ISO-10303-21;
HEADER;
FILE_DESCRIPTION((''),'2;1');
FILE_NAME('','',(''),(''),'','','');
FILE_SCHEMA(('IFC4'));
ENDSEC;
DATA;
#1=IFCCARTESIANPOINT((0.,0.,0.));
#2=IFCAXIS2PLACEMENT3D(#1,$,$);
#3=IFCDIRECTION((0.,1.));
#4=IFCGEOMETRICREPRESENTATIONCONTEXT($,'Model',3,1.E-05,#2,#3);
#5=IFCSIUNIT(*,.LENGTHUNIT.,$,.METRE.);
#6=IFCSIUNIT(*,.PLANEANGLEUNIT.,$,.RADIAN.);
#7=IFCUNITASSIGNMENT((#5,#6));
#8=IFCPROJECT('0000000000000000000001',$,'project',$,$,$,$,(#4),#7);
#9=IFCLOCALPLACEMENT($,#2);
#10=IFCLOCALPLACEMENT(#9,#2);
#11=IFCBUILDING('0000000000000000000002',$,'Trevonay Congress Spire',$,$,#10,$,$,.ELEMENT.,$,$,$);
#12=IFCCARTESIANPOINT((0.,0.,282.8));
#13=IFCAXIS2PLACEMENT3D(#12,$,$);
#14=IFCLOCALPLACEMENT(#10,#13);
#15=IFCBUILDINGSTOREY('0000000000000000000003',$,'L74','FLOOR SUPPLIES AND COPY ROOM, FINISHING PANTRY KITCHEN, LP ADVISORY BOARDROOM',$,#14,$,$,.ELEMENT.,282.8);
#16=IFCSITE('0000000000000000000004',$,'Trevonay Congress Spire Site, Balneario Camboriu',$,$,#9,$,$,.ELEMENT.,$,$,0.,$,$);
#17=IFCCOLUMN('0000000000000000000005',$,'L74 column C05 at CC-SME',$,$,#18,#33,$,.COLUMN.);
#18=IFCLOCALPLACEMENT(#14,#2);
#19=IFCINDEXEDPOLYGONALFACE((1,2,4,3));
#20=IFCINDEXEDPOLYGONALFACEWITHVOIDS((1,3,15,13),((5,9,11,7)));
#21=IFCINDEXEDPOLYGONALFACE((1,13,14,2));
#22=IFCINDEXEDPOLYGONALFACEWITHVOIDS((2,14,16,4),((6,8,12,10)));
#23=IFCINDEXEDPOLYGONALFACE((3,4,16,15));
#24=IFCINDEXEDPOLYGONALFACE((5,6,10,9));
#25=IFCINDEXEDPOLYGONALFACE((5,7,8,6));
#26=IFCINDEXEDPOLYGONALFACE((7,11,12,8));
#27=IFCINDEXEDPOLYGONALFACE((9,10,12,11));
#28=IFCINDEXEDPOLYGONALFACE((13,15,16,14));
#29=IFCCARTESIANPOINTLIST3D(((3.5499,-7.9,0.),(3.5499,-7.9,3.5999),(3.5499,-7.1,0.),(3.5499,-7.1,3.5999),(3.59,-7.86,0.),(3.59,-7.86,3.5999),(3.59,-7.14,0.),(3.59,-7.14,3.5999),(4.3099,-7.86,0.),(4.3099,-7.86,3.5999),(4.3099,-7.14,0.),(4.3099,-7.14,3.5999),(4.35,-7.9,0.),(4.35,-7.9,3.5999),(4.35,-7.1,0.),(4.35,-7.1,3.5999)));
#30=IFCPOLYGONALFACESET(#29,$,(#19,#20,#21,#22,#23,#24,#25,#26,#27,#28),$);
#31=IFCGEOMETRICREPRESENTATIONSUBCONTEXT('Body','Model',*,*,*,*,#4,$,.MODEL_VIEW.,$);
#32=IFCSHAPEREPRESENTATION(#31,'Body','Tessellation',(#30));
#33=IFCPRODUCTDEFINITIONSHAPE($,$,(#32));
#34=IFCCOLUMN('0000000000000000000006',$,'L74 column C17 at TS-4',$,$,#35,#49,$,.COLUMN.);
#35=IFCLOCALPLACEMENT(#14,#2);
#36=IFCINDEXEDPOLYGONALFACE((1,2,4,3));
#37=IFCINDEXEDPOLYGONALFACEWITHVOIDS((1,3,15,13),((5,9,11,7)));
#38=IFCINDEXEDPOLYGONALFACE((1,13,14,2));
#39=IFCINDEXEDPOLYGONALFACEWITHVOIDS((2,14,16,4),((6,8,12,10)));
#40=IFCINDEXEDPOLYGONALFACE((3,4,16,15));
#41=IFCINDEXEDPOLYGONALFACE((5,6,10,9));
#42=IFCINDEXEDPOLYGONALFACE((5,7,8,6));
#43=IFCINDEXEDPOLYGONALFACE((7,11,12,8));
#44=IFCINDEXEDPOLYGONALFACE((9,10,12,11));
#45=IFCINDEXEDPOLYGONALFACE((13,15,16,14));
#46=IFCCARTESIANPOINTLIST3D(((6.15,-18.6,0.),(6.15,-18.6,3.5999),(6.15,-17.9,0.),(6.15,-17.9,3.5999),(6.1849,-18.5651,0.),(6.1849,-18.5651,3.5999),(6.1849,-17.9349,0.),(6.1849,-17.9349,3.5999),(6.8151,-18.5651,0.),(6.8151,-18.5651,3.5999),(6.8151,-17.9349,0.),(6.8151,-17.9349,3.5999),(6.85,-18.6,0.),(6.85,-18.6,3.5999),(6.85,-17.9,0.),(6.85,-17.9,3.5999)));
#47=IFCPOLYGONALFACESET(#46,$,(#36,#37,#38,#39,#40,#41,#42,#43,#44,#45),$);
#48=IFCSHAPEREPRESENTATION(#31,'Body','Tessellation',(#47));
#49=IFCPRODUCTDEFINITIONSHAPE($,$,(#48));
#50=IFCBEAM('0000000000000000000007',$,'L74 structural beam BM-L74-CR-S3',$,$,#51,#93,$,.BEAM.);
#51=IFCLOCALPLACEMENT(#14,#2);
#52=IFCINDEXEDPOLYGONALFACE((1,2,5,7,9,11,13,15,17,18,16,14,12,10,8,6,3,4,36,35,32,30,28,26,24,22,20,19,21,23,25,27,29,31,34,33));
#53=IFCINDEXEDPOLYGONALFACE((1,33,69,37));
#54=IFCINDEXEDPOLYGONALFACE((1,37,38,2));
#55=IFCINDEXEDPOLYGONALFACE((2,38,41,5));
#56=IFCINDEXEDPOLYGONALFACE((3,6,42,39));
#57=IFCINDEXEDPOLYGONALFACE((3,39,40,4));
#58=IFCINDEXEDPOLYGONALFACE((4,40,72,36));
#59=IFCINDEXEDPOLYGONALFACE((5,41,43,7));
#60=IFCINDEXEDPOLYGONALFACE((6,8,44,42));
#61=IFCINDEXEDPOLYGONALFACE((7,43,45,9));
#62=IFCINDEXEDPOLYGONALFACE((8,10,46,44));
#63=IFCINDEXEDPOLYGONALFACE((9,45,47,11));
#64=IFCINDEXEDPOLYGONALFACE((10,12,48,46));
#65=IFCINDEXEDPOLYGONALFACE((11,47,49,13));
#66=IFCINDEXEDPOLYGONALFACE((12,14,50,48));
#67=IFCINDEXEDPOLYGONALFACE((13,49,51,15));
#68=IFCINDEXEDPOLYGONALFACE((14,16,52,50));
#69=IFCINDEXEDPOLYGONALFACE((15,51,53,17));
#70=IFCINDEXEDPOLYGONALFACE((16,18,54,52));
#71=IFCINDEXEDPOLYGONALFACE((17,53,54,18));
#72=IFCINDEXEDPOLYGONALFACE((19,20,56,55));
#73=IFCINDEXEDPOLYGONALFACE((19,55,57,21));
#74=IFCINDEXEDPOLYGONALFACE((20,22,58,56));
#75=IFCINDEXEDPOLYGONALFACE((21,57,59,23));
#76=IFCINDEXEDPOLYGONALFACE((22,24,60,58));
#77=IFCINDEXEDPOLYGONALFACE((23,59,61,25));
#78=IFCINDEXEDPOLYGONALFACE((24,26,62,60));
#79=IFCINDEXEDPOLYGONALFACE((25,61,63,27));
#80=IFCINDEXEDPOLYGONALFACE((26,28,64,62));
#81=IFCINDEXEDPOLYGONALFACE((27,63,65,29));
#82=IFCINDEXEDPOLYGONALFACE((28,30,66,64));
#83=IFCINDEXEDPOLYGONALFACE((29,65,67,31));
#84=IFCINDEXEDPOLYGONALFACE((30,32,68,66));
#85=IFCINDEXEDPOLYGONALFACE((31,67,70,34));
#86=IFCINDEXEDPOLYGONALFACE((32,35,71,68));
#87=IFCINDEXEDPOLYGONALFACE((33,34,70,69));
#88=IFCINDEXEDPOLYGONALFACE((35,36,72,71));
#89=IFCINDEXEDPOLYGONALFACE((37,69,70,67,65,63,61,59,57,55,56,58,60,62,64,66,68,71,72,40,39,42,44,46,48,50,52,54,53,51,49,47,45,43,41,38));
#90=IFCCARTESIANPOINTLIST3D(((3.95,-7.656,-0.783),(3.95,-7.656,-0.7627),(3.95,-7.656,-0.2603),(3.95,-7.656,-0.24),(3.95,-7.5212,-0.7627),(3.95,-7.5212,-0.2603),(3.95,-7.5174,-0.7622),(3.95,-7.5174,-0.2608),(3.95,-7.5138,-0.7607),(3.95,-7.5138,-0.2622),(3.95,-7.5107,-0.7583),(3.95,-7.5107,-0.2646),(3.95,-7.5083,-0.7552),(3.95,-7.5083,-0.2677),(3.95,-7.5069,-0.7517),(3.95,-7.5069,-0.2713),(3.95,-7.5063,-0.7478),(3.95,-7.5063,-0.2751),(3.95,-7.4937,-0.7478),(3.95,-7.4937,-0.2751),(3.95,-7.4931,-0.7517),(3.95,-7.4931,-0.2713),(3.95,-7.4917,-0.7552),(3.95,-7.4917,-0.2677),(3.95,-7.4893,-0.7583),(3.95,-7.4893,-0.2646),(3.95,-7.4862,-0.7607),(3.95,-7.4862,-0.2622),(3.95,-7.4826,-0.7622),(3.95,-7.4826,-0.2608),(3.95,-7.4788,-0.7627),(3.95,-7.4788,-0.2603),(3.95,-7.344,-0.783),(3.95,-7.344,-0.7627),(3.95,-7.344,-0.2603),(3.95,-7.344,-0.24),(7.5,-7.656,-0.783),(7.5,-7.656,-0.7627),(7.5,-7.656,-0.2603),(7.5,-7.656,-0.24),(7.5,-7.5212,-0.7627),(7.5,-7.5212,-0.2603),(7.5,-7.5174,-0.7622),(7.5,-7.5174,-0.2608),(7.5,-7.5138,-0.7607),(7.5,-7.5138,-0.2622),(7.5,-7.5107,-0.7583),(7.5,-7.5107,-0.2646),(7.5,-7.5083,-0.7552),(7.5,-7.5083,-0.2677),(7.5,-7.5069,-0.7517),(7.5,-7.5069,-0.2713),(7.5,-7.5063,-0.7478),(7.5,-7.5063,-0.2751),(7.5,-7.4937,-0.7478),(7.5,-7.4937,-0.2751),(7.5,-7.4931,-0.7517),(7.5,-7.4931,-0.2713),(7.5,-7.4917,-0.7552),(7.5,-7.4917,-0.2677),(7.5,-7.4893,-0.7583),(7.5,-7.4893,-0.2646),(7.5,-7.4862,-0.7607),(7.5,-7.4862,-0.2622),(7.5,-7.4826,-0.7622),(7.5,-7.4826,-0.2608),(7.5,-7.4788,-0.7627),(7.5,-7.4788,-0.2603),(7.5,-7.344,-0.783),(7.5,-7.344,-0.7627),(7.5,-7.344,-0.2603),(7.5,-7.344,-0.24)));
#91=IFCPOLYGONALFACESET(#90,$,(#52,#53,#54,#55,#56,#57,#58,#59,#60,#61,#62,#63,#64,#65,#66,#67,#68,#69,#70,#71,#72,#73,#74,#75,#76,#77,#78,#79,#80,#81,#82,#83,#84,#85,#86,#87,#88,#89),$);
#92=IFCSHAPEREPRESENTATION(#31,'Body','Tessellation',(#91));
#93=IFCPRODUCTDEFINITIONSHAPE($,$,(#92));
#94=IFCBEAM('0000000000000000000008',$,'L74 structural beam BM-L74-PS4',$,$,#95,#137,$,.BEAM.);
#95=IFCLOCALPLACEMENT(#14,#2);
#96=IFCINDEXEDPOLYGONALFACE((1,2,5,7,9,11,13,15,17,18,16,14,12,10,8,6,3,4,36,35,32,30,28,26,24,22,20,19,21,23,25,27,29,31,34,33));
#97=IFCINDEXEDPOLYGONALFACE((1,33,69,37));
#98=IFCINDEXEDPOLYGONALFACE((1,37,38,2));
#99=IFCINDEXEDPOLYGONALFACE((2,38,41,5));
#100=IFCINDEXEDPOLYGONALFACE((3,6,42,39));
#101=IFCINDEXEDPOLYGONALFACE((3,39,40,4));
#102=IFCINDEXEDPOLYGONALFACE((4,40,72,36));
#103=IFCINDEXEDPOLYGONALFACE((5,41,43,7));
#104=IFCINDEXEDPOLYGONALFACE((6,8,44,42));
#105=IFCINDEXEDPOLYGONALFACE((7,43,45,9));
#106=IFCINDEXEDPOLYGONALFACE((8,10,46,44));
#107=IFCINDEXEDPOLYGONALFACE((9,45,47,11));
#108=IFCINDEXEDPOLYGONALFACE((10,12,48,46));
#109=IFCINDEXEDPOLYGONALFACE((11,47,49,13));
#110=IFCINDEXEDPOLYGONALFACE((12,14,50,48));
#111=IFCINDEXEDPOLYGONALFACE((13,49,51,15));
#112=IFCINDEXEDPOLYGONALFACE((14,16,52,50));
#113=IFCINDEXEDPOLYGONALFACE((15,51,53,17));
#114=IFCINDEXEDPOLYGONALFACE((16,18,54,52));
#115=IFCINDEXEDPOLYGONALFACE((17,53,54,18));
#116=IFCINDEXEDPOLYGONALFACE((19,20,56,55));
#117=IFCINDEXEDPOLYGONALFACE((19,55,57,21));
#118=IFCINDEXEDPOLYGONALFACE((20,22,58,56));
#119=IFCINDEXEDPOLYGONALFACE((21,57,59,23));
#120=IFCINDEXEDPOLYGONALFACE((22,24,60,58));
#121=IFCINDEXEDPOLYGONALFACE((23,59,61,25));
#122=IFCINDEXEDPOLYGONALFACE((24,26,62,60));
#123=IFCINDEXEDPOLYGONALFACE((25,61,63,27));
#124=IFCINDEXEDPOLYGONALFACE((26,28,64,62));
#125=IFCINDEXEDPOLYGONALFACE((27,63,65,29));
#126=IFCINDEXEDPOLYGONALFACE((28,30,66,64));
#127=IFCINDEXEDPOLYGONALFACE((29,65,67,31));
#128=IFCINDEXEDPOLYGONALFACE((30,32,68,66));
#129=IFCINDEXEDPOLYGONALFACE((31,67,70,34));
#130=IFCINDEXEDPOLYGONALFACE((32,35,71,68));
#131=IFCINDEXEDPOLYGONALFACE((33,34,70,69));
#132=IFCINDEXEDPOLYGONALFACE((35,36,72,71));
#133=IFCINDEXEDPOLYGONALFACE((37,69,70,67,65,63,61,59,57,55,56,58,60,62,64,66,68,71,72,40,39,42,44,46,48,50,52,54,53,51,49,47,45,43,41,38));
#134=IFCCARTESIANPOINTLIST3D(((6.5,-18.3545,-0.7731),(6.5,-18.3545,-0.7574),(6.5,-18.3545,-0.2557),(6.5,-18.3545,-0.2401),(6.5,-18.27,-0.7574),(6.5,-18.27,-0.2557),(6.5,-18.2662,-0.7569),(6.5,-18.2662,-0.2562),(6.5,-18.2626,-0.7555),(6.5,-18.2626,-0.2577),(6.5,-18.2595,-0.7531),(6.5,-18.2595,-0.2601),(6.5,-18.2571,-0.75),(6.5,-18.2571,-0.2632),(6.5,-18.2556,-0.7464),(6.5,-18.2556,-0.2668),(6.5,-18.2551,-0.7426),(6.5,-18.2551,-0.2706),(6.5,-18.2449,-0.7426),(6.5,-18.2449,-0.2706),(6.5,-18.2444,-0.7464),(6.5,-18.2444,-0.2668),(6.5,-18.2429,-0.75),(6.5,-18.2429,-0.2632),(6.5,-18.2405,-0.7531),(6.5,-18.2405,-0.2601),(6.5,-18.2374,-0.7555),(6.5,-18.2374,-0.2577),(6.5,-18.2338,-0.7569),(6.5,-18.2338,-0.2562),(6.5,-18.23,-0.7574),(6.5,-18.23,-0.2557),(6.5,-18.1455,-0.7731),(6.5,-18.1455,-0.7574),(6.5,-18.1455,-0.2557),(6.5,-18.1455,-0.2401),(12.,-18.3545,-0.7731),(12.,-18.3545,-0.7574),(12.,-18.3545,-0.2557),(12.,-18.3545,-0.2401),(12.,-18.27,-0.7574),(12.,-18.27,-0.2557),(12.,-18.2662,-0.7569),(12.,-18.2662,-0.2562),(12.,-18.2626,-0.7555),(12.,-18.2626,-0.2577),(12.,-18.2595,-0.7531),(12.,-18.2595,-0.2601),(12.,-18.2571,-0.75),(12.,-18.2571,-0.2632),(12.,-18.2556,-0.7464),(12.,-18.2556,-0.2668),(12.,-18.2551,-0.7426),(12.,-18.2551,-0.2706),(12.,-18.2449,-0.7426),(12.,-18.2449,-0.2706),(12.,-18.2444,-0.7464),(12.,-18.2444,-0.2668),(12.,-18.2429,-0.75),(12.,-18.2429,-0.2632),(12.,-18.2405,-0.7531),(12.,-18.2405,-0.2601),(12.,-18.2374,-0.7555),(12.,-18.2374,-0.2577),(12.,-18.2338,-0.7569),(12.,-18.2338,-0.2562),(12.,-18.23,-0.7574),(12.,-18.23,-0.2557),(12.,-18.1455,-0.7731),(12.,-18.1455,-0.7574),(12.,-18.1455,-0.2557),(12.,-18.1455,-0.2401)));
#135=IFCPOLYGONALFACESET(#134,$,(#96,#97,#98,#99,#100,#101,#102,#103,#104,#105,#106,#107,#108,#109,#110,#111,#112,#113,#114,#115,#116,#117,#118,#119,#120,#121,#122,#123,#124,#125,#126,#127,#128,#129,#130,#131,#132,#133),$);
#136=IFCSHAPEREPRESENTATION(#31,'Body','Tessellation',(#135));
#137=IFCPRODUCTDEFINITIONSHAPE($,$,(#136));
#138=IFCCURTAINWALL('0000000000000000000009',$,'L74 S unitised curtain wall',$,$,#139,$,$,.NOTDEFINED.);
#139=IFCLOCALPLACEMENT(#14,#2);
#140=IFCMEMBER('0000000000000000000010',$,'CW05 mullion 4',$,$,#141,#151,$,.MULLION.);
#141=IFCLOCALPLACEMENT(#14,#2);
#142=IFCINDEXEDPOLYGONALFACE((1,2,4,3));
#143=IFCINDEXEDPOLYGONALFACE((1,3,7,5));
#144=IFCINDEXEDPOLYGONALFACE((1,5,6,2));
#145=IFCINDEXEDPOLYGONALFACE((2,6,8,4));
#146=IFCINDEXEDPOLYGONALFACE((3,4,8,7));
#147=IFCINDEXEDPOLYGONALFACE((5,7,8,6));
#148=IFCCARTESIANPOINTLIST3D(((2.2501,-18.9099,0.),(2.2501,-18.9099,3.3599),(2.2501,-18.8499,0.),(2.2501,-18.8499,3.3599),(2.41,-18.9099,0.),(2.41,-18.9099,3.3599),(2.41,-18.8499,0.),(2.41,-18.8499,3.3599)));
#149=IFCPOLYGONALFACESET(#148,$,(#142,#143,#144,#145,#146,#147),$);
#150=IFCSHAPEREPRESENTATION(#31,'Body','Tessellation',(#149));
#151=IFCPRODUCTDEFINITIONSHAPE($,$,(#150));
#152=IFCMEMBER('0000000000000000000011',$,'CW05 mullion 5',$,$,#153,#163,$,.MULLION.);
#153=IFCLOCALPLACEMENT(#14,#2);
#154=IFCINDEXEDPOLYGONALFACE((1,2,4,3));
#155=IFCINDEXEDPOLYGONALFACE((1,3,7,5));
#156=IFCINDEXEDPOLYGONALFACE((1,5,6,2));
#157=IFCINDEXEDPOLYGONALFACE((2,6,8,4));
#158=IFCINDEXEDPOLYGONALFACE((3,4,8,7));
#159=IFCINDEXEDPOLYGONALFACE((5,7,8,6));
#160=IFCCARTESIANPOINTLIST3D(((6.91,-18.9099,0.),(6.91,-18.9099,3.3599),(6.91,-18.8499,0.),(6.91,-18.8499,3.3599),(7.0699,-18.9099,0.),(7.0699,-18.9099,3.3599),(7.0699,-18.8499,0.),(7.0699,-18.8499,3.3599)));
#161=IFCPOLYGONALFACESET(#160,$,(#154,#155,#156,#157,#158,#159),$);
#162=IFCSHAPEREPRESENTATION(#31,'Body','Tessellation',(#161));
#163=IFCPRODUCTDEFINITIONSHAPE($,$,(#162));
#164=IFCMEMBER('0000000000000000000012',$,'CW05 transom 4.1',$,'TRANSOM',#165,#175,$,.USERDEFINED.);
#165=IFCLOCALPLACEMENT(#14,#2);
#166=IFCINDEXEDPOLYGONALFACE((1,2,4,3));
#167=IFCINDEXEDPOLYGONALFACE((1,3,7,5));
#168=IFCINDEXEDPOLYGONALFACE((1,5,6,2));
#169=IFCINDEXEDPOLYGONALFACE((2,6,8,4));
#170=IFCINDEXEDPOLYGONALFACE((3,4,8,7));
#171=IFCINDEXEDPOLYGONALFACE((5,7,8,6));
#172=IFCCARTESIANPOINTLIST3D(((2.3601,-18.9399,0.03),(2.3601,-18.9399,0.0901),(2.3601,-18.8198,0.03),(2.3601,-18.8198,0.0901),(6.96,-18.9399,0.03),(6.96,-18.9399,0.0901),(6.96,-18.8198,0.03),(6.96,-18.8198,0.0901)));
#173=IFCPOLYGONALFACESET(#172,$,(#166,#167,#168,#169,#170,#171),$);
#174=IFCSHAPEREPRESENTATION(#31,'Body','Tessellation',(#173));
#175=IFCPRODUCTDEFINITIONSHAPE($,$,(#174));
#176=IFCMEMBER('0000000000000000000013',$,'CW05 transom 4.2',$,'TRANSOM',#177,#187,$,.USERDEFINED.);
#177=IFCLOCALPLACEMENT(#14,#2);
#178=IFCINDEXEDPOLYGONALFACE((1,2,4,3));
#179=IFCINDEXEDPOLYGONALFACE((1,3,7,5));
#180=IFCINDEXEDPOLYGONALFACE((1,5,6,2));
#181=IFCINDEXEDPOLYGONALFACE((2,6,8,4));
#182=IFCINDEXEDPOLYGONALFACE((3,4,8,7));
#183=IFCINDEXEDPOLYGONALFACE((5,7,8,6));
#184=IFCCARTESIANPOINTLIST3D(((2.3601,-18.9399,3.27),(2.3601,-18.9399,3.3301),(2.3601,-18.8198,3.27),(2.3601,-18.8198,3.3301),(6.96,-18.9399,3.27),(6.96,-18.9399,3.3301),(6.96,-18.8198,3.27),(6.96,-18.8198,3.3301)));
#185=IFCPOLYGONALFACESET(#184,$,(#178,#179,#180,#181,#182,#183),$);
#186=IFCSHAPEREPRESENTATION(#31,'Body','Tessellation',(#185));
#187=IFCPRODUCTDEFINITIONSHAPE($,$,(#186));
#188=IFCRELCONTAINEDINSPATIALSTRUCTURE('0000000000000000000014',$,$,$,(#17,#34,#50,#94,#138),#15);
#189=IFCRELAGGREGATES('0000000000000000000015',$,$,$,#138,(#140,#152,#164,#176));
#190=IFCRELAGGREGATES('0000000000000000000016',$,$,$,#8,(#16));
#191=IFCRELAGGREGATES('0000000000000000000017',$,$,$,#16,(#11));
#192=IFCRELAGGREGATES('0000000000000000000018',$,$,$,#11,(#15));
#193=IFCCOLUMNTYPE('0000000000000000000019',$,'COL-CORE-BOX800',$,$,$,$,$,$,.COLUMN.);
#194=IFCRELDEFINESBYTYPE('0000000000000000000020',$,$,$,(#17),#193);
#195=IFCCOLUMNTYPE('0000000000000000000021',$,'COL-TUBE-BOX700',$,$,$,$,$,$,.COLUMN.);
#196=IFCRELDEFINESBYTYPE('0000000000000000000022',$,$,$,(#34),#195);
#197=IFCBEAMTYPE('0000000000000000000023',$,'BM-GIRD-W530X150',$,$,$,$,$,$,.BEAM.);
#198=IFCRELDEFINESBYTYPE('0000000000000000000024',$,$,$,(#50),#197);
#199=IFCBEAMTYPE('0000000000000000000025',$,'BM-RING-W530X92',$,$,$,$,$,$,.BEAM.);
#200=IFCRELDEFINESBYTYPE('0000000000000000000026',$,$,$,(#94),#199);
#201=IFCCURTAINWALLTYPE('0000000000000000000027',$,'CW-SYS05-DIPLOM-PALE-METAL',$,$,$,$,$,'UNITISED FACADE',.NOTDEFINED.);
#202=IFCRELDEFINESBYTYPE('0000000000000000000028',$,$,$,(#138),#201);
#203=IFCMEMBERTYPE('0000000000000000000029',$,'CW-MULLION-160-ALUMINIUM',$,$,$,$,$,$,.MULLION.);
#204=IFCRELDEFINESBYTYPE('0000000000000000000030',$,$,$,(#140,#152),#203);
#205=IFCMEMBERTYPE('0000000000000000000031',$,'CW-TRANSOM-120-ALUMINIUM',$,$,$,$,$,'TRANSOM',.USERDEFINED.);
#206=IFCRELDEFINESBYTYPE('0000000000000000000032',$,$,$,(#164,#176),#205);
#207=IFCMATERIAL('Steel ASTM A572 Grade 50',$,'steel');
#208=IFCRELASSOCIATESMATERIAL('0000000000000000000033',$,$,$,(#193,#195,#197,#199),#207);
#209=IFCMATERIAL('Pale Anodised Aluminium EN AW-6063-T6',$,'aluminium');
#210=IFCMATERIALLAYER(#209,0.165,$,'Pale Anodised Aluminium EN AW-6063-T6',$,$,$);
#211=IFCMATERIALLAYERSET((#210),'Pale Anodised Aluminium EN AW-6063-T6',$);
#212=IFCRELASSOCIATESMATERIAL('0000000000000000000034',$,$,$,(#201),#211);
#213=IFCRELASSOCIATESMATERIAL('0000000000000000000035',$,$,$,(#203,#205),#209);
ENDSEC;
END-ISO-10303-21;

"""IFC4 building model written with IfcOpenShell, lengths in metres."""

from ifc_helpers import new_model, si_unit, direction, frame, origin, origin_2d, place, context, subcontext, project, spatial, rectangle, hollow_rectangle, i_section, extrude, material, layer, layer_set, material_profile, profile_set, type_object, element, aggregate, save


model = new_model("IFC4")

# Units and contexts
model_context = context("Model", 3, precision=1e-05, world=origin(), true_north=direction((0.0, 1.0)))
body_context = subcontext(model_context, "Body", "Model", "MODEL_VIEW")
ifc_project = project(units=[si_unit("LENGTHUNIT", "METRE"), si_unit("PLANEANGLEUNIT", "RADIAN")], contexts=[model_context])

# Site, building, storey
site_placement = place(None, origin())
site = spatial("IfcSite", under=ifc_project, at=site_placement, Name="Trevonay Congress Spire Site, Balneario Camboriu", CompositionType="ELEMENT", RefElevation=0.0)
building_placement = place(site_placement, origin())
building = spatial("IfcBuilding", under=site, at=building_placement, Name="Trevonay Congress Spire", CompositionType="ELEMENT")
storey_placement = place(building_placement, frame((0.0, 0.0, 282.8)))
storey = spatial("IfcBuildingStorey", under=building, at=storey_placement, Name="L74", Description="FLOOR SUPPLIES AND COPY ROOM, FINISHING PANTRY KITCHEN, LP ADVISORY BOARDROOM", CompositionType="ELEMENT", Elevation=282.8)

# Columns
ifc_material_1 = material(Name="Steel ASTM A572 Grade 50", Category="steel")
ifc_material_profile_1 = material_profile(ifc_material_1, hollow_rectangle(XDim=0.8, YDim=0.8, WallThickness=0.04, at=origin_2d()), Name="BOX 800x800x40")
ifc_profile_set_1 = profile_set([ifc_material_profile_1], Name="Steel ASTM A572 Grade 50")
column_type_1 = type_object("IfcColumnType", Name="COL-CORE-BOX800", PredefinedType="COLUMN", material=ifc_profile_set_1)
column_1_placement = place(storey_placement, frame((3.95, -7.5, 0.0), z_axis=(0.0, 0.0, 1.0), x_axis=(1.0, 0.0, 0.0)))
element("IfcColumn", 1, at=column_1_placement, inside=storey, type_object=column_type_1, Name="L74 column C05 at CC-SME", PredefinedType="COLUMN", context=body_context, shape_type="SweptSolid", body=[
    extrude(hollow_rectangle(XDim=0.8, YDim=0.8, WallThickness=0.04, at=origin_2d()), origin(), (0.0, 0.0, 1.0), 3.5999),
])
ifc_material_profile_2 = material_profile(ifc_material_1, hollow_rectangle(XDim=0.7, YDim=0.7, WallThickness=0.0349, at=origin_2d()), Name="BOX 700x700x35")
ifc_profile_set_2 = profile_set([ifc_material_profile_2], Name="Steel ASTM A572 Grade 50")
column_type_2 = type_object("IfcColumnType", Name="COL-TUBE-BOX700", PredefinedType="COLUMN", material=ifc_profile_set_2)
column_2_placement = place(storey_placement, frame((6.5, -18.25, 0.0), z_axis=(0.0, 0.0, 1.0), x_axis=(1.0, 0.0, 0.0)))
element("IfcColumn", 2, at=column_2_placement, inside=storey, type_object=column_type_2, Name="L74 column C17 at TS-4", PredefinedType="COLUMN", context=body_context, shape_type="SweptSolid", body=[
    extrude(hollow_rectangle(XDim=0.7, YDim=0.7, WallThickness=0.0349, at=origin_2d()), origin(), (0.0, 0.0, 1.0), 3.5999),
])

# Beams
ifc_material_profile_3 = material_profile(ifc_material_1, i_section(OverallWidth=0.312, OverallDepth=0.543, WebThickness=0.0127, FlangeThickness=0.0203, FilletRadius=0.0149, at=origin_2d()), Name="W530x150")
ifc_profile_set_3 = profile_set([ifc_material_profile_3], Name="Steel ASTM A572 Grade 50")
beam_type_1 = type_object("IfcBeamType", Name="BM-GIRD-W530X150", PredefinedType="BEAM", material=ifc_profile_set_3)
beam_1_placement = place(storey_placement, frame((3.95, -7.5, -0.5115), z_axis=(1.0, 0.0, 0.0), x_axis=(0.0, 1.0, 0.0)))
element("IfcBeam", 3, at=beam_1_placement, inside=storey, type_object=beam_type_1, Name="L74 structural beam BM-L74-CR-S3", PredefinedType="BEAM", context=body_context, shape_type="SweptSolid", body=[
    extrude(i_section(OverallWidth=0.312, OverallDepth=0.543, WebThickness=0.0127, FlangeThickness=0.0203, FilletRadius=0.0149, at=origin_2d()), origin(), (0.0, 0.0, 1.0), 3.55),
])
ifc_material_profile_4 = material_profile(ifc_material_1, i_section(OverallWidth=0.209, OverallDepth=0.533, WebThickness=0.0103, FlangeThickness=0.0156, FilletRadius=0.0149, at=origin_2d()), Name="W530x92")
ifc_profile_set_4 = profile_set([ifc_material_profile_4], Name="Steel ASTM A572 Grade 50")
beam_type_2 = type_object("IfcBeamType", Name="BM-RING-W530X92", PredefinedType="BEAM", material=ifc_profile_set_4)
beam_2_placement = place(storey_placement, frame((6.5, -18.25, -0.5066), z_axis=(1.0, 0.0, 0.0), x_axis=(0.0, 1.0, 0.0)))
element("IfcBeam", 4, at=beam_2_placement, inside=storey, type_object=beam_type_2, Name="L74 structural beam BM-L74-PS4", PredefinedType="BEAM", context=body_context, shape_type="SweptSolid", body=[
    extrude(i_section(OverallWidth=0.209, OverallDepth=0.533, WebThickness=0.0103, FlangeThickness=0.0156, FilletRadius=0.0149, at=origin_2d()), origin(), (0.0, 0.0, 1.0), 5.5),
])

# Curtain wall, members
ifc_material_2 = material(Name="Pale Anodised Aluminium EN AW-6063-T6", Category="aluminium")
ifc_layer_1 = layer(ifc_material_2, 0.165, Name="Pale Anodised Aluminium EN AW-6063-T6")
ifc_layer_set_1 = layer_set([ifc_layer_1], Name="Pale Anodised Aluminium EN AW-6063-T6")
curtain_wall_type = type_object("IfcCurtainWallType", Name="CW-SYS05-DIPLOM-PALE-METAL", ElementType="UNITISED FACADE", PredefinedType="NOTDEFINED", material=ifc_layer_set_1)
curtain_wall_placement = place(storey_placement, origin())
curtain_wall = element("IfcCurtainWall", 5, at=curtain_wall_placement, inside=storey, type_object=curtain_wall_type, Name="L74 S unitised curtain wall", PredefinedType="NOTDEFINED")
ifc_material_profile_5 = material_profile(ifc_material_2, rectangle(XDim=0.0601, YDim=0.1599, at=origin_2d()), Name="CW-MULLION-160-ALUMINIUM")
ifc_profile_set_5 = profile_set([ifc_material_profile_5], Name="Pale Anodised Aluminium EN AW-6063-T6")
member_type_1 = type_object("IfcMemberType", Name="CW-MULLION-160-ALUMINIUM", PredefinedType="MULLION", material=ifc_profile_set_5)
member_1_placement = place(storey_placement, frame((2.3301, -18.8799, 0.0), z_axis=(0.0, 0.0, 1.0), x_axis=(0.0, 1.0, 0.0)))
member_1 = element("IfcMember", 6, at=member_1_placement, type_object=member_type_1, Name="CW05 mullion 4", PredefinedType="MULLION", context=body_context, shape_type="SweptSolid", body=[
    extrude(rectangle(XDim=0.0601, YDim=0.1599, at=origin_2d()), origin(), (0.0, 0.0, 1.0), 3.3599),
])
member_2_placement = place(storey_placement, frame((6.99, -18.8799, 0.0), z_axis=(0.0, 0.0, 1.0), x_axis=(0.0, 1.0, 0.0)))
member_2 = element("IfcMember", 7, at=member_2_placement, type_object=member_type_1, Name="CW05 mullion 5", PredefinedType="MULLION", context=body_context, shape_type="SweptSolid", body=[
    extrude(rectangle(XDim=0.0601, YDim=0.1599, at=origin_2d()), origin(), (0.0, 0.0, 1.0), 3.3599),
])
ifc_material_profile_6 = material_profile(ifc_material_2, rectangle(XDim=0.1201, YDim=0.0601, at=origin_2d()), Name="CW-TRANSOM-120-ALUMINIUM")
ifc_profile_set_6 = profile_set([ifc_material_profile_6], Name="Pale Anodised Aluminium EN AW-6063-T6")
member_type_2 = type_object("IfcMemberType", Name="CW-TRANSOM-120-ALUMINIUM", ElementType="TRANSOM", PredefinedType="USERDEFINED", material=ifc_profile_set_6)
member_3_placement = place(storey_placement, frame((2.3601, -18.8799, 0.0601), z_axis=(1.0, 0.0, 0.0), x_axis=(0.0, 1.0, 0.0)))
member_3 = element("IfcMember", 8, at=member_3_placement, type_object=member_type_2, Name="CW05 transom 4.1", ObjectType="TRANSOM", PredefinedType="USERDEFINED", context=body_context, shape_type="SweptSolid", body=[
    extrude(rectangle(XDim=0.1201, YDim=0.0601, at=origin_2d()), origin(), (0.0, 0.0, 1.0), 4.5999),
])
member_4_placement = place(storey_placement, frame((2.3601, -18.8799, 3.3), z_axis=(1.0, 0.0, 0.0), x_axis=(0.0, 1.0, 0.0)))
member_4 = element("IfcMember", 9, at=member_4_placement, type_object=member_type_2, Name="CW05 transom 4.2", ObjectType="TRANSOM", PredefinedType="USERDEFINED", context=body_context, shape_type="SweptSolid", body=[
    extrude(rectangle(XDim=0.1201, YDim=0.0601, at=origin_2d()), origin(), (0.0, 0.0, 1.0), 4.5999),
])

aggregate(curtain_wall, [member_1, member_2, member_3, member_4])

save(model, "model.ifc")
